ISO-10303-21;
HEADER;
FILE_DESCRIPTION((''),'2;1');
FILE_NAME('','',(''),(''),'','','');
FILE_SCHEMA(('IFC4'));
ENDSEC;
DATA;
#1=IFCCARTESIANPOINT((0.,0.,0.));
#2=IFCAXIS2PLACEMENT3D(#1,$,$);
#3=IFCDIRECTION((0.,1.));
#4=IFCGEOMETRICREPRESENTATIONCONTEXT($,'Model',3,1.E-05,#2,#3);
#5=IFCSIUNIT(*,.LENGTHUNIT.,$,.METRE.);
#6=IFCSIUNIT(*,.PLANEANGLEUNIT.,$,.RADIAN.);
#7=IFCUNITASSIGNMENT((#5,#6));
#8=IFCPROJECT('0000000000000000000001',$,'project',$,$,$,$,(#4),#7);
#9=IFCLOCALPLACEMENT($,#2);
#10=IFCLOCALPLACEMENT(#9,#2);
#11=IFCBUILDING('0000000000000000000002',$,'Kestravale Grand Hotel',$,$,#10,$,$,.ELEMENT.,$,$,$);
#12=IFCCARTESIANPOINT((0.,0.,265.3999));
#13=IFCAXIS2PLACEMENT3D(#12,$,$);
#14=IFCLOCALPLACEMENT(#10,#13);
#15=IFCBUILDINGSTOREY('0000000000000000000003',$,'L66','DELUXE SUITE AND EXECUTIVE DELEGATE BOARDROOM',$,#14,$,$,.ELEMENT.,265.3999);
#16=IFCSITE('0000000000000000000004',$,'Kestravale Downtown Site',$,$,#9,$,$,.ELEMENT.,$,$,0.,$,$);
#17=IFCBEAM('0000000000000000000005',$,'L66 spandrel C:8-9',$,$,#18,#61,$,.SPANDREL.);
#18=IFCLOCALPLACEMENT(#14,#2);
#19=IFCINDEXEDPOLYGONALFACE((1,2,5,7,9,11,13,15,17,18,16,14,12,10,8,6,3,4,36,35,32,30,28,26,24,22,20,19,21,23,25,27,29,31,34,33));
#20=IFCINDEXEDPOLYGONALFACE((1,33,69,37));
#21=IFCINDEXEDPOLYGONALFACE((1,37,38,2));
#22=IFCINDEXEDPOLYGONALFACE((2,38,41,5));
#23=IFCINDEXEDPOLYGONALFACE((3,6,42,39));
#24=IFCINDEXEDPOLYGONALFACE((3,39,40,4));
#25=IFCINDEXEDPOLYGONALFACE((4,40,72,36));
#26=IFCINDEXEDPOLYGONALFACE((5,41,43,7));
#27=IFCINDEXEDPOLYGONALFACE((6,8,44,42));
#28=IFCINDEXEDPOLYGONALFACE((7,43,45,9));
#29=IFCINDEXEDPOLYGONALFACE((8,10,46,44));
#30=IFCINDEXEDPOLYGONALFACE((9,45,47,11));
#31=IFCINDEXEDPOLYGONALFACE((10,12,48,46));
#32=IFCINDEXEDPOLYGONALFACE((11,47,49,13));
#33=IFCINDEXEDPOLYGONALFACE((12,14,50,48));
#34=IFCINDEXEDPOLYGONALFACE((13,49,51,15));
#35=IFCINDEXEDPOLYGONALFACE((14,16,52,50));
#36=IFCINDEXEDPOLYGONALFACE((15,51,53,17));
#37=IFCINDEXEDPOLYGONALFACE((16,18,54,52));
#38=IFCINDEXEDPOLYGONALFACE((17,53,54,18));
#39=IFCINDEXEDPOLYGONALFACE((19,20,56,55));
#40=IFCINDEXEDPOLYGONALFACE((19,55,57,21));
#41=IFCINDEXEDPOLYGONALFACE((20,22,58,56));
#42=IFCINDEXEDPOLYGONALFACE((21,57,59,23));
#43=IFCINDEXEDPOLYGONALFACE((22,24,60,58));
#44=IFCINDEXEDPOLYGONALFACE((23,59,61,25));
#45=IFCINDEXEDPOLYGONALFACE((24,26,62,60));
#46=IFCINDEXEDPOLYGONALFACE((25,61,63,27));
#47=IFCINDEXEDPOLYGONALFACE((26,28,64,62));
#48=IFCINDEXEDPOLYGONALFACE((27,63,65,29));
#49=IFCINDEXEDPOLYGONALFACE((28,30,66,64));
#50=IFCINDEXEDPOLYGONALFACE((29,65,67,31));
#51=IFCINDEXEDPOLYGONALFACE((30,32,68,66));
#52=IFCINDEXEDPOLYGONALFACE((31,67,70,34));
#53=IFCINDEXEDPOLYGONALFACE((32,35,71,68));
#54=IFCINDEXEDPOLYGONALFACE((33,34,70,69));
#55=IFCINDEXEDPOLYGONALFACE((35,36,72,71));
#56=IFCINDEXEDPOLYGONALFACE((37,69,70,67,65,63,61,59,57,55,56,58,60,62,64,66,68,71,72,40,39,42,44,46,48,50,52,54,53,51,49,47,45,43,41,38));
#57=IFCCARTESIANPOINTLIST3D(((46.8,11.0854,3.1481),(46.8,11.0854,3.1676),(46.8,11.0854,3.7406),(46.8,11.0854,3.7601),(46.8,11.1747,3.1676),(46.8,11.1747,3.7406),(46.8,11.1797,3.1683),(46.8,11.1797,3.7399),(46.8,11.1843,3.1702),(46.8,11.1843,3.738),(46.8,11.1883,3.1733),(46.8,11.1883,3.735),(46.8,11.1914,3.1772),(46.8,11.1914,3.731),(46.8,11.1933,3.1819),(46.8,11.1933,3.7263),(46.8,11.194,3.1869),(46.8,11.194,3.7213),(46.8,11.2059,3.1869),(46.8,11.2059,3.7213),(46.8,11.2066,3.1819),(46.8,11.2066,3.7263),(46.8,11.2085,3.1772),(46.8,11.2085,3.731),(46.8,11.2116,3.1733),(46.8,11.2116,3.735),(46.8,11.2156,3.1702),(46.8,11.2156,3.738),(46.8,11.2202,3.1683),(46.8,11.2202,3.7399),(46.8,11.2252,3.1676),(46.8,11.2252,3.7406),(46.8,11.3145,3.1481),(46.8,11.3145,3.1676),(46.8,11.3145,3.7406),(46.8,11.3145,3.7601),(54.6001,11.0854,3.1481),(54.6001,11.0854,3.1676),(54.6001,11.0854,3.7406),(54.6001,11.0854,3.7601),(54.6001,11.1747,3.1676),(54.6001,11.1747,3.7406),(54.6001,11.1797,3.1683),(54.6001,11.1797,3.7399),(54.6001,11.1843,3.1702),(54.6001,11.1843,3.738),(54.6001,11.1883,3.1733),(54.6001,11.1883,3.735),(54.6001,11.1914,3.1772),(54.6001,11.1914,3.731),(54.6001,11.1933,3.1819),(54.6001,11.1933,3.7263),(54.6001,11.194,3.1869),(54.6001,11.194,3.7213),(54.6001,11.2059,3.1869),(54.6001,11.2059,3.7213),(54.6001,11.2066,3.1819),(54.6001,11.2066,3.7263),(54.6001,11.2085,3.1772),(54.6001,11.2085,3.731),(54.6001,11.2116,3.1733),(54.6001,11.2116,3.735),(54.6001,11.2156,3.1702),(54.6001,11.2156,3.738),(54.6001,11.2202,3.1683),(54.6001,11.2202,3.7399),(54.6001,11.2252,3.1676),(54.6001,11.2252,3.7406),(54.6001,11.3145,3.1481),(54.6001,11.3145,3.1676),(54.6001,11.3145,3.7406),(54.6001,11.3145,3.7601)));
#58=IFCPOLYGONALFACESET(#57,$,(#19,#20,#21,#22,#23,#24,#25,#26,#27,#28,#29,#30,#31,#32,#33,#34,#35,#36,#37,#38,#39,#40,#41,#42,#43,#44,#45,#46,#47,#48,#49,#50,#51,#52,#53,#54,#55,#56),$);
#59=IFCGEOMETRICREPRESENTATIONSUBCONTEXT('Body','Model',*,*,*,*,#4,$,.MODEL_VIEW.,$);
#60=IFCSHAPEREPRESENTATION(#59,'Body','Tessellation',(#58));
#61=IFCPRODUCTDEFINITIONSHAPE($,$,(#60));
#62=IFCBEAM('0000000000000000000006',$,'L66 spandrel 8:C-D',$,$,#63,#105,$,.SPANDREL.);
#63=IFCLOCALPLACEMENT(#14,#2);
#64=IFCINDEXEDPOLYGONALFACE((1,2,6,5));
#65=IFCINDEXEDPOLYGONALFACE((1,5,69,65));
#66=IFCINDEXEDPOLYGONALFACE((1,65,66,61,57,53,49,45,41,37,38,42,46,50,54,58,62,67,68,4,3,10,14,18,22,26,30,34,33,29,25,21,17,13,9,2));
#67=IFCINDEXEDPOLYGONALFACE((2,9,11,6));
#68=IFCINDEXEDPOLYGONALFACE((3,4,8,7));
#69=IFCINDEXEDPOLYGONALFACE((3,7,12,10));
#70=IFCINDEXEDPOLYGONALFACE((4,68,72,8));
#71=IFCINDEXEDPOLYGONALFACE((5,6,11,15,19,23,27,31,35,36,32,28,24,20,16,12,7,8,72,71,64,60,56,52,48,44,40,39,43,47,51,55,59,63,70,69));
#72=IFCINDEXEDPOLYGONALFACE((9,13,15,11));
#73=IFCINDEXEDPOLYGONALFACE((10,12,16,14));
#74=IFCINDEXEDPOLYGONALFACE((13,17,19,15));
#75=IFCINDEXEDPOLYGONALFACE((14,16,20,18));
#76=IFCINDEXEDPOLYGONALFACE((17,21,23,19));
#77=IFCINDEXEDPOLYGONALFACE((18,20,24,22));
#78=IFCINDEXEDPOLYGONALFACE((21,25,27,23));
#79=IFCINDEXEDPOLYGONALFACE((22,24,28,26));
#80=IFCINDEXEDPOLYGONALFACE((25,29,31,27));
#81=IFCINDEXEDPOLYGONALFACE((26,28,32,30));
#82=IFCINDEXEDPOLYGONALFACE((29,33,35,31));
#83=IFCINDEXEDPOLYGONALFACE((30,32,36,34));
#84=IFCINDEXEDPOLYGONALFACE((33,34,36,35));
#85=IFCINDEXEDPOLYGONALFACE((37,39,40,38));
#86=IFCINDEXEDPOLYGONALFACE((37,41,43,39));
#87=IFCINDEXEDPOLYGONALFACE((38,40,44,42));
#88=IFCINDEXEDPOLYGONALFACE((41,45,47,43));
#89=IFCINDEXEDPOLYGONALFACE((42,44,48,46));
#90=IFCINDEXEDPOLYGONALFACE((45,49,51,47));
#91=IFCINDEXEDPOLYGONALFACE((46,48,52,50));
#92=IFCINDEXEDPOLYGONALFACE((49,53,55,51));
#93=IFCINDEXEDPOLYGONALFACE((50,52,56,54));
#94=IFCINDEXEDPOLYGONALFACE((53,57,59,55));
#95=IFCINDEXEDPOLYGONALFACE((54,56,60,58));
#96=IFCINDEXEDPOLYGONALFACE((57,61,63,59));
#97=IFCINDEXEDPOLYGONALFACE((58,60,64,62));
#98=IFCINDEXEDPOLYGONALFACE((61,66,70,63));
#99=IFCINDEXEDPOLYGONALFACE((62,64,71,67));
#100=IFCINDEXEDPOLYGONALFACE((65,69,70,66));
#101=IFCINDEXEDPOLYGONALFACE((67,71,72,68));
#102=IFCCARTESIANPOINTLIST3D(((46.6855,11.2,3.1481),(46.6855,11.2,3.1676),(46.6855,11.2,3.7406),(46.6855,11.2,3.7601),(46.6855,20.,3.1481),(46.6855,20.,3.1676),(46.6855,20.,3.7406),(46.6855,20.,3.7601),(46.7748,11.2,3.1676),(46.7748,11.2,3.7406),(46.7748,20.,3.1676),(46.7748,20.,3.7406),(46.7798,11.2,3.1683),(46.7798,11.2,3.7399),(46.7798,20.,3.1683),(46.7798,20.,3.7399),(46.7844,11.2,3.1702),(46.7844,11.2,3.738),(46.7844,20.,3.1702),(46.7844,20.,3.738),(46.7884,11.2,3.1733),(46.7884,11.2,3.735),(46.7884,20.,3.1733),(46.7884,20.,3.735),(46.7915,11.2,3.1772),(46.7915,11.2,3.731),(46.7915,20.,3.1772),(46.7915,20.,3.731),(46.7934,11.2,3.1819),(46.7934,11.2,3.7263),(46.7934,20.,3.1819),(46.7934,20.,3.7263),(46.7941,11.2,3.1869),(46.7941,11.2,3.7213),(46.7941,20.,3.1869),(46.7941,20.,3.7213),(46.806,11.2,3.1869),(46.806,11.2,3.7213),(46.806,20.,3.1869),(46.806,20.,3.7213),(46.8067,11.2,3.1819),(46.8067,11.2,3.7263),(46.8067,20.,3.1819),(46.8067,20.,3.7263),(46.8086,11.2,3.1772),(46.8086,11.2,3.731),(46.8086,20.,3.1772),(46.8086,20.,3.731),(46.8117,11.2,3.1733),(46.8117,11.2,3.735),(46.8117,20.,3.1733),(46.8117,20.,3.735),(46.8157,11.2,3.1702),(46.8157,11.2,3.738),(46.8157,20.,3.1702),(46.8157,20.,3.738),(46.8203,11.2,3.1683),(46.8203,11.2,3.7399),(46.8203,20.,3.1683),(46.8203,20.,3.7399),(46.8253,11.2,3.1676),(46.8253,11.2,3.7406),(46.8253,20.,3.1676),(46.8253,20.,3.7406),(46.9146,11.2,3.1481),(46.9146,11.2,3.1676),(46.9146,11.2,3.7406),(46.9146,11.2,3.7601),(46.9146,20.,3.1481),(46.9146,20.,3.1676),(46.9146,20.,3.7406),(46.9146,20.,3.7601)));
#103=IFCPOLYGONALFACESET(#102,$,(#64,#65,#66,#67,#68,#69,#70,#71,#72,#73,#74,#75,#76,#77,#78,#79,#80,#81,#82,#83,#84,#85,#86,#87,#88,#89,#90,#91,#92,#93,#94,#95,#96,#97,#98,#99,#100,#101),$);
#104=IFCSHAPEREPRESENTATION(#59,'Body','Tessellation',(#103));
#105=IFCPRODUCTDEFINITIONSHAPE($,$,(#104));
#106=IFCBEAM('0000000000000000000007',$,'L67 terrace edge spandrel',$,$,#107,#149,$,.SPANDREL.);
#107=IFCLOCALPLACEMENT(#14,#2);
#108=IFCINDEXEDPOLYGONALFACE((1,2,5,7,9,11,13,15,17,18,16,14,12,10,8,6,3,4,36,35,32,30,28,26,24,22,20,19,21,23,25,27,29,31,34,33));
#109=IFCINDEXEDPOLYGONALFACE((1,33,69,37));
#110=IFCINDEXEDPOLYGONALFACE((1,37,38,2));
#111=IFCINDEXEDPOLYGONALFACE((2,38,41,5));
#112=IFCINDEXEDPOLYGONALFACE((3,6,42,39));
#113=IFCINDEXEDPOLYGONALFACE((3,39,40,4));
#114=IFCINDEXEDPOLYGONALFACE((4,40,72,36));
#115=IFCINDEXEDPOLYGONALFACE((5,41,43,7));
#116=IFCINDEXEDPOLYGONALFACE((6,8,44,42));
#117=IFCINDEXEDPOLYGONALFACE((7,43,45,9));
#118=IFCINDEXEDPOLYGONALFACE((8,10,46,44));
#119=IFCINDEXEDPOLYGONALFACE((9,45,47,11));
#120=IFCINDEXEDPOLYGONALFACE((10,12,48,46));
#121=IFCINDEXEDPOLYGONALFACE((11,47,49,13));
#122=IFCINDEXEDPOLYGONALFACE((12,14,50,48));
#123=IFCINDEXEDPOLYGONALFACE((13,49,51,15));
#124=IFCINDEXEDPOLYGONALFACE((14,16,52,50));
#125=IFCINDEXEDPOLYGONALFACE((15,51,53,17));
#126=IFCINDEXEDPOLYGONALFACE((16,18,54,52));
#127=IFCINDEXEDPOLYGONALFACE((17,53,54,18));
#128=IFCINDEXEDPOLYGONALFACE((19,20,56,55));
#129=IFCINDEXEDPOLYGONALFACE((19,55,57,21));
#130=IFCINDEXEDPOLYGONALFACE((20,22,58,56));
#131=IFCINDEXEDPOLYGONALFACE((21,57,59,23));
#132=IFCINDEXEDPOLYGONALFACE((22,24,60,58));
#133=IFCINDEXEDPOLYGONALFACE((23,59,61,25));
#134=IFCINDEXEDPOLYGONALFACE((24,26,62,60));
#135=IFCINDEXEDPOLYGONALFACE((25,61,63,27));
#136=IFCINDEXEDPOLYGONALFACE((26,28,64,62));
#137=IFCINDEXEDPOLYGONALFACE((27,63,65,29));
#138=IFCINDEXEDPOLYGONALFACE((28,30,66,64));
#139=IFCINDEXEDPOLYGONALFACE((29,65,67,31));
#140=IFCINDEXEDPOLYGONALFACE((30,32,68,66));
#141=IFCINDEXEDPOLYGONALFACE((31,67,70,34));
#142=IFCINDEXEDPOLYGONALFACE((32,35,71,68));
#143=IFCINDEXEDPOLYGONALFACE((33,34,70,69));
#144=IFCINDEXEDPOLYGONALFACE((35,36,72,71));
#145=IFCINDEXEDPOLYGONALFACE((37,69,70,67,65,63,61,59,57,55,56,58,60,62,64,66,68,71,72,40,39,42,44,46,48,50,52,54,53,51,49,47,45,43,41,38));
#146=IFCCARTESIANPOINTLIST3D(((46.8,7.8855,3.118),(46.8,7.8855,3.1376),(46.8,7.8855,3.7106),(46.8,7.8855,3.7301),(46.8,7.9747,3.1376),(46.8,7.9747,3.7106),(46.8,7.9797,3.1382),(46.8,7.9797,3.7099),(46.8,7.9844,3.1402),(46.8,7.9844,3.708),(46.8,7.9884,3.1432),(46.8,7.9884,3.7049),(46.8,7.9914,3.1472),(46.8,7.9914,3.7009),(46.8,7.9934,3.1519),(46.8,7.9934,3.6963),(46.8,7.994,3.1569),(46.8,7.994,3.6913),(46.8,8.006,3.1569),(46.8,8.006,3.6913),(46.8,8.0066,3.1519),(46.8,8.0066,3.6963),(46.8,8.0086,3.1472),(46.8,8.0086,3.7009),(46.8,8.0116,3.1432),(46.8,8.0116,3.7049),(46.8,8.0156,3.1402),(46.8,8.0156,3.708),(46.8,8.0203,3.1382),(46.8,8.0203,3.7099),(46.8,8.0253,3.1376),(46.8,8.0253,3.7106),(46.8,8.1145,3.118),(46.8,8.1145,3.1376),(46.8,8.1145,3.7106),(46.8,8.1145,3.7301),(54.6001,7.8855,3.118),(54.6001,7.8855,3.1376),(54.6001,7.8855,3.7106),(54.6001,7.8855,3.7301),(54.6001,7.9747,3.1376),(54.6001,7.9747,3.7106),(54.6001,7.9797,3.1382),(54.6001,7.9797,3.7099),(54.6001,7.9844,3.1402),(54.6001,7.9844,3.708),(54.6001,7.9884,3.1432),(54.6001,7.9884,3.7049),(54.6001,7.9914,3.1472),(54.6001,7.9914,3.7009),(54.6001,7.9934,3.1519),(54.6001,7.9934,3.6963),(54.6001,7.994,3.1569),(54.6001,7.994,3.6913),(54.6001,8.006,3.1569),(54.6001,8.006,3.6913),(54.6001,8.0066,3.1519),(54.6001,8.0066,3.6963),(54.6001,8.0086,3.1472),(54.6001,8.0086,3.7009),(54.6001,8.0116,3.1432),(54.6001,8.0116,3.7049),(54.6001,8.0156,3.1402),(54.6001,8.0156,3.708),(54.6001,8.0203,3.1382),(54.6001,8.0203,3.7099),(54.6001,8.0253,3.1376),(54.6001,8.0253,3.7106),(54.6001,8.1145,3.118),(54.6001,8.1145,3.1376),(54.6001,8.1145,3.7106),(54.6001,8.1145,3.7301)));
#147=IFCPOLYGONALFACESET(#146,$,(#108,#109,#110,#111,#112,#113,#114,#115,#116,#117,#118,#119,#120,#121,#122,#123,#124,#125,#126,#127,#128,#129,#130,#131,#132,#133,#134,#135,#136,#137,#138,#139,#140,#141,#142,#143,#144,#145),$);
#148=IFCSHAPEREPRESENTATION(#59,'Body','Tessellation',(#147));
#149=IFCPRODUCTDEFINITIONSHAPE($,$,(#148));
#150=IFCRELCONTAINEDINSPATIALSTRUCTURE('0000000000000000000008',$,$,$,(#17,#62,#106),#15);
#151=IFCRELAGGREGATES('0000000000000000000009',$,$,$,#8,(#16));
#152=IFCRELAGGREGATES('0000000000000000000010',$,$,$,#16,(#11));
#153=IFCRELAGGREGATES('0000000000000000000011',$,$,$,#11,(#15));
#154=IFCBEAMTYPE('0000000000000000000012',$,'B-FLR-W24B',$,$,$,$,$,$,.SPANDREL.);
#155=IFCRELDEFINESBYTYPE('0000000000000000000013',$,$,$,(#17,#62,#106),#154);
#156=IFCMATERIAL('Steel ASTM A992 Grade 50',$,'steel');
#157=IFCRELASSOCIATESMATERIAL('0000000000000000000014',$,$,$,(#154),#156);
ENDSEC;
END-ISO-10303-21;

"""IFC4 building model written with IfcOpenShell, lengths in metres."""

from ifc_helpers import new_model, si_unit, direction, frame, origin, origin_2d, place, context, subcontext, project, spatial, i_section, extrude, material, material_profile, profile_set, type_object, element, save


model = new_model("IFC4")

# Units and contexts
model_context = context("Model", 3, precision=1e-05, world=origin(), true_north=direction((0.0, 1.0)))
body_context = subcontext(model_context, "Body", "Model", "MODEL_VIEW")
ifc_project = project(units=[si_unit("LENGTHUNIT", "METRE"), si_unit("PLANEANGLEUNIT", "RADIAN")], contexts=[model_context])

# Site, building, storey
site_placement = place(None, origin())
site = spatial("IfcSite", under=ifc_project, at=site_placement, Name="Kestravale Downtown Site", CompositionType="ELEMENT", RefElevation=0.0)
building_placement = place(site_placement, origin())
building = spatial("IfcBuilding", under=site, at=building_placement, Name="Kestravale Grand Hotel", CompositionType="ELEMENT")
storey_placement = place(building_placement, frame((0.0, 0.0, 265.3999)))
storey = spatial("IfcBuildingStorey", under=building, at=storey_placement, Name="L66", Description="DELUXE SUITE AND EXECUTIVE DELEGATE BOARDROOM", CompositionType="ELEMENT", Elevation=265.3999)

# Beams
ifc_material_1 = material(Name="Steel ASTM A992 Grade 50", Category="steel")
ifc_material_profile_1 = material_profile(ifc_material_1, i_section(OverallWidth=0.229, OverallDepth=0.6121, WebThickness=0.012, FlangeThickness=0.0195, FilletRadius=0.0193, at=origin_2d()))
ifc_profile_set_1 = profile_set([ifc_material_profile_1], Name="Steel ASTM A992 Grade 50")
beam_type_1 = type_object("IfcBeamType", Name="B-FLR-W24B", PredefinedType="SPANDREL", material=ifc_profile_set_1)
beam_1_placement = place(storey_placement, frame((46.8, 11.2, 3.4541), z_axis=(1.0, 0.0, 0.0), x_axis=(0.0, 1.0, 0.0)))
element("IfcBeam", 1, at=beam_1_placement, inside=storey, type_object=beam_type_1, Name="L66 spandrel C:8-9", PredefinedType="SPANDREL", context=body_context, shape_type="SweptSolid", body=[
    extrude(i_section(OverallWidth=0.229, OverallDepth=0.6121, WebThickness=0.012, FlangeThickness=0.0195, FilletRadius=0.0193, at=origin_2d()), origin(), (0.0, 0.0, 1.0), 7.8),
])
beam_2_placement = place(storey_placement, frame((46.8, 11.2, 3.4541), z_axis=(0.0, 1.0, 0.0), x_axis=(-1.0, 0.0, 0.0)))
element("IfcBeam", 2, at=beam_2_placement, inside=storey, type_object=beam_type_1, Name="L66 spandrel 8:C-D", PredefinedType="SPANDREL", context=body_context, shape_type="SweptSolid", body=[
    extrude(i_section(OverallWidth=0.229, OverallDepth=0.6121, WebThickness=0.012, FlangeThickness=0.0195, FilletRadius=0.0193, at=origin_2d()), origin(), (0.0, 0.0, 1.0), 8.8),
])
beam_3_placement = place(storey_placement, frame((46.8, 8.0, 3.4241), z_axis=(1.0, 0.0, 0.0), x_axis=(0.0, 1.0, 0.0)))
element("IfcBeam", 3, at=beam_3_placement, inside=storey, type_object=beam_type_1, Name="L67 terrace edge spandrel", PredefinedType="SPANDREL", context=body_context, shape_type="SweptSolid", body=[
    extrude(i_section(OverallWidth=0.229, OverallDepth=0.6121, WebThickness=0.012, FlangeThickness=0.0195, FilletRadius=0.0193, at=origin_2d()), origin(), (0.0, 0.0, 1.0), 7.8),
])

save(model, "model.ifc")
